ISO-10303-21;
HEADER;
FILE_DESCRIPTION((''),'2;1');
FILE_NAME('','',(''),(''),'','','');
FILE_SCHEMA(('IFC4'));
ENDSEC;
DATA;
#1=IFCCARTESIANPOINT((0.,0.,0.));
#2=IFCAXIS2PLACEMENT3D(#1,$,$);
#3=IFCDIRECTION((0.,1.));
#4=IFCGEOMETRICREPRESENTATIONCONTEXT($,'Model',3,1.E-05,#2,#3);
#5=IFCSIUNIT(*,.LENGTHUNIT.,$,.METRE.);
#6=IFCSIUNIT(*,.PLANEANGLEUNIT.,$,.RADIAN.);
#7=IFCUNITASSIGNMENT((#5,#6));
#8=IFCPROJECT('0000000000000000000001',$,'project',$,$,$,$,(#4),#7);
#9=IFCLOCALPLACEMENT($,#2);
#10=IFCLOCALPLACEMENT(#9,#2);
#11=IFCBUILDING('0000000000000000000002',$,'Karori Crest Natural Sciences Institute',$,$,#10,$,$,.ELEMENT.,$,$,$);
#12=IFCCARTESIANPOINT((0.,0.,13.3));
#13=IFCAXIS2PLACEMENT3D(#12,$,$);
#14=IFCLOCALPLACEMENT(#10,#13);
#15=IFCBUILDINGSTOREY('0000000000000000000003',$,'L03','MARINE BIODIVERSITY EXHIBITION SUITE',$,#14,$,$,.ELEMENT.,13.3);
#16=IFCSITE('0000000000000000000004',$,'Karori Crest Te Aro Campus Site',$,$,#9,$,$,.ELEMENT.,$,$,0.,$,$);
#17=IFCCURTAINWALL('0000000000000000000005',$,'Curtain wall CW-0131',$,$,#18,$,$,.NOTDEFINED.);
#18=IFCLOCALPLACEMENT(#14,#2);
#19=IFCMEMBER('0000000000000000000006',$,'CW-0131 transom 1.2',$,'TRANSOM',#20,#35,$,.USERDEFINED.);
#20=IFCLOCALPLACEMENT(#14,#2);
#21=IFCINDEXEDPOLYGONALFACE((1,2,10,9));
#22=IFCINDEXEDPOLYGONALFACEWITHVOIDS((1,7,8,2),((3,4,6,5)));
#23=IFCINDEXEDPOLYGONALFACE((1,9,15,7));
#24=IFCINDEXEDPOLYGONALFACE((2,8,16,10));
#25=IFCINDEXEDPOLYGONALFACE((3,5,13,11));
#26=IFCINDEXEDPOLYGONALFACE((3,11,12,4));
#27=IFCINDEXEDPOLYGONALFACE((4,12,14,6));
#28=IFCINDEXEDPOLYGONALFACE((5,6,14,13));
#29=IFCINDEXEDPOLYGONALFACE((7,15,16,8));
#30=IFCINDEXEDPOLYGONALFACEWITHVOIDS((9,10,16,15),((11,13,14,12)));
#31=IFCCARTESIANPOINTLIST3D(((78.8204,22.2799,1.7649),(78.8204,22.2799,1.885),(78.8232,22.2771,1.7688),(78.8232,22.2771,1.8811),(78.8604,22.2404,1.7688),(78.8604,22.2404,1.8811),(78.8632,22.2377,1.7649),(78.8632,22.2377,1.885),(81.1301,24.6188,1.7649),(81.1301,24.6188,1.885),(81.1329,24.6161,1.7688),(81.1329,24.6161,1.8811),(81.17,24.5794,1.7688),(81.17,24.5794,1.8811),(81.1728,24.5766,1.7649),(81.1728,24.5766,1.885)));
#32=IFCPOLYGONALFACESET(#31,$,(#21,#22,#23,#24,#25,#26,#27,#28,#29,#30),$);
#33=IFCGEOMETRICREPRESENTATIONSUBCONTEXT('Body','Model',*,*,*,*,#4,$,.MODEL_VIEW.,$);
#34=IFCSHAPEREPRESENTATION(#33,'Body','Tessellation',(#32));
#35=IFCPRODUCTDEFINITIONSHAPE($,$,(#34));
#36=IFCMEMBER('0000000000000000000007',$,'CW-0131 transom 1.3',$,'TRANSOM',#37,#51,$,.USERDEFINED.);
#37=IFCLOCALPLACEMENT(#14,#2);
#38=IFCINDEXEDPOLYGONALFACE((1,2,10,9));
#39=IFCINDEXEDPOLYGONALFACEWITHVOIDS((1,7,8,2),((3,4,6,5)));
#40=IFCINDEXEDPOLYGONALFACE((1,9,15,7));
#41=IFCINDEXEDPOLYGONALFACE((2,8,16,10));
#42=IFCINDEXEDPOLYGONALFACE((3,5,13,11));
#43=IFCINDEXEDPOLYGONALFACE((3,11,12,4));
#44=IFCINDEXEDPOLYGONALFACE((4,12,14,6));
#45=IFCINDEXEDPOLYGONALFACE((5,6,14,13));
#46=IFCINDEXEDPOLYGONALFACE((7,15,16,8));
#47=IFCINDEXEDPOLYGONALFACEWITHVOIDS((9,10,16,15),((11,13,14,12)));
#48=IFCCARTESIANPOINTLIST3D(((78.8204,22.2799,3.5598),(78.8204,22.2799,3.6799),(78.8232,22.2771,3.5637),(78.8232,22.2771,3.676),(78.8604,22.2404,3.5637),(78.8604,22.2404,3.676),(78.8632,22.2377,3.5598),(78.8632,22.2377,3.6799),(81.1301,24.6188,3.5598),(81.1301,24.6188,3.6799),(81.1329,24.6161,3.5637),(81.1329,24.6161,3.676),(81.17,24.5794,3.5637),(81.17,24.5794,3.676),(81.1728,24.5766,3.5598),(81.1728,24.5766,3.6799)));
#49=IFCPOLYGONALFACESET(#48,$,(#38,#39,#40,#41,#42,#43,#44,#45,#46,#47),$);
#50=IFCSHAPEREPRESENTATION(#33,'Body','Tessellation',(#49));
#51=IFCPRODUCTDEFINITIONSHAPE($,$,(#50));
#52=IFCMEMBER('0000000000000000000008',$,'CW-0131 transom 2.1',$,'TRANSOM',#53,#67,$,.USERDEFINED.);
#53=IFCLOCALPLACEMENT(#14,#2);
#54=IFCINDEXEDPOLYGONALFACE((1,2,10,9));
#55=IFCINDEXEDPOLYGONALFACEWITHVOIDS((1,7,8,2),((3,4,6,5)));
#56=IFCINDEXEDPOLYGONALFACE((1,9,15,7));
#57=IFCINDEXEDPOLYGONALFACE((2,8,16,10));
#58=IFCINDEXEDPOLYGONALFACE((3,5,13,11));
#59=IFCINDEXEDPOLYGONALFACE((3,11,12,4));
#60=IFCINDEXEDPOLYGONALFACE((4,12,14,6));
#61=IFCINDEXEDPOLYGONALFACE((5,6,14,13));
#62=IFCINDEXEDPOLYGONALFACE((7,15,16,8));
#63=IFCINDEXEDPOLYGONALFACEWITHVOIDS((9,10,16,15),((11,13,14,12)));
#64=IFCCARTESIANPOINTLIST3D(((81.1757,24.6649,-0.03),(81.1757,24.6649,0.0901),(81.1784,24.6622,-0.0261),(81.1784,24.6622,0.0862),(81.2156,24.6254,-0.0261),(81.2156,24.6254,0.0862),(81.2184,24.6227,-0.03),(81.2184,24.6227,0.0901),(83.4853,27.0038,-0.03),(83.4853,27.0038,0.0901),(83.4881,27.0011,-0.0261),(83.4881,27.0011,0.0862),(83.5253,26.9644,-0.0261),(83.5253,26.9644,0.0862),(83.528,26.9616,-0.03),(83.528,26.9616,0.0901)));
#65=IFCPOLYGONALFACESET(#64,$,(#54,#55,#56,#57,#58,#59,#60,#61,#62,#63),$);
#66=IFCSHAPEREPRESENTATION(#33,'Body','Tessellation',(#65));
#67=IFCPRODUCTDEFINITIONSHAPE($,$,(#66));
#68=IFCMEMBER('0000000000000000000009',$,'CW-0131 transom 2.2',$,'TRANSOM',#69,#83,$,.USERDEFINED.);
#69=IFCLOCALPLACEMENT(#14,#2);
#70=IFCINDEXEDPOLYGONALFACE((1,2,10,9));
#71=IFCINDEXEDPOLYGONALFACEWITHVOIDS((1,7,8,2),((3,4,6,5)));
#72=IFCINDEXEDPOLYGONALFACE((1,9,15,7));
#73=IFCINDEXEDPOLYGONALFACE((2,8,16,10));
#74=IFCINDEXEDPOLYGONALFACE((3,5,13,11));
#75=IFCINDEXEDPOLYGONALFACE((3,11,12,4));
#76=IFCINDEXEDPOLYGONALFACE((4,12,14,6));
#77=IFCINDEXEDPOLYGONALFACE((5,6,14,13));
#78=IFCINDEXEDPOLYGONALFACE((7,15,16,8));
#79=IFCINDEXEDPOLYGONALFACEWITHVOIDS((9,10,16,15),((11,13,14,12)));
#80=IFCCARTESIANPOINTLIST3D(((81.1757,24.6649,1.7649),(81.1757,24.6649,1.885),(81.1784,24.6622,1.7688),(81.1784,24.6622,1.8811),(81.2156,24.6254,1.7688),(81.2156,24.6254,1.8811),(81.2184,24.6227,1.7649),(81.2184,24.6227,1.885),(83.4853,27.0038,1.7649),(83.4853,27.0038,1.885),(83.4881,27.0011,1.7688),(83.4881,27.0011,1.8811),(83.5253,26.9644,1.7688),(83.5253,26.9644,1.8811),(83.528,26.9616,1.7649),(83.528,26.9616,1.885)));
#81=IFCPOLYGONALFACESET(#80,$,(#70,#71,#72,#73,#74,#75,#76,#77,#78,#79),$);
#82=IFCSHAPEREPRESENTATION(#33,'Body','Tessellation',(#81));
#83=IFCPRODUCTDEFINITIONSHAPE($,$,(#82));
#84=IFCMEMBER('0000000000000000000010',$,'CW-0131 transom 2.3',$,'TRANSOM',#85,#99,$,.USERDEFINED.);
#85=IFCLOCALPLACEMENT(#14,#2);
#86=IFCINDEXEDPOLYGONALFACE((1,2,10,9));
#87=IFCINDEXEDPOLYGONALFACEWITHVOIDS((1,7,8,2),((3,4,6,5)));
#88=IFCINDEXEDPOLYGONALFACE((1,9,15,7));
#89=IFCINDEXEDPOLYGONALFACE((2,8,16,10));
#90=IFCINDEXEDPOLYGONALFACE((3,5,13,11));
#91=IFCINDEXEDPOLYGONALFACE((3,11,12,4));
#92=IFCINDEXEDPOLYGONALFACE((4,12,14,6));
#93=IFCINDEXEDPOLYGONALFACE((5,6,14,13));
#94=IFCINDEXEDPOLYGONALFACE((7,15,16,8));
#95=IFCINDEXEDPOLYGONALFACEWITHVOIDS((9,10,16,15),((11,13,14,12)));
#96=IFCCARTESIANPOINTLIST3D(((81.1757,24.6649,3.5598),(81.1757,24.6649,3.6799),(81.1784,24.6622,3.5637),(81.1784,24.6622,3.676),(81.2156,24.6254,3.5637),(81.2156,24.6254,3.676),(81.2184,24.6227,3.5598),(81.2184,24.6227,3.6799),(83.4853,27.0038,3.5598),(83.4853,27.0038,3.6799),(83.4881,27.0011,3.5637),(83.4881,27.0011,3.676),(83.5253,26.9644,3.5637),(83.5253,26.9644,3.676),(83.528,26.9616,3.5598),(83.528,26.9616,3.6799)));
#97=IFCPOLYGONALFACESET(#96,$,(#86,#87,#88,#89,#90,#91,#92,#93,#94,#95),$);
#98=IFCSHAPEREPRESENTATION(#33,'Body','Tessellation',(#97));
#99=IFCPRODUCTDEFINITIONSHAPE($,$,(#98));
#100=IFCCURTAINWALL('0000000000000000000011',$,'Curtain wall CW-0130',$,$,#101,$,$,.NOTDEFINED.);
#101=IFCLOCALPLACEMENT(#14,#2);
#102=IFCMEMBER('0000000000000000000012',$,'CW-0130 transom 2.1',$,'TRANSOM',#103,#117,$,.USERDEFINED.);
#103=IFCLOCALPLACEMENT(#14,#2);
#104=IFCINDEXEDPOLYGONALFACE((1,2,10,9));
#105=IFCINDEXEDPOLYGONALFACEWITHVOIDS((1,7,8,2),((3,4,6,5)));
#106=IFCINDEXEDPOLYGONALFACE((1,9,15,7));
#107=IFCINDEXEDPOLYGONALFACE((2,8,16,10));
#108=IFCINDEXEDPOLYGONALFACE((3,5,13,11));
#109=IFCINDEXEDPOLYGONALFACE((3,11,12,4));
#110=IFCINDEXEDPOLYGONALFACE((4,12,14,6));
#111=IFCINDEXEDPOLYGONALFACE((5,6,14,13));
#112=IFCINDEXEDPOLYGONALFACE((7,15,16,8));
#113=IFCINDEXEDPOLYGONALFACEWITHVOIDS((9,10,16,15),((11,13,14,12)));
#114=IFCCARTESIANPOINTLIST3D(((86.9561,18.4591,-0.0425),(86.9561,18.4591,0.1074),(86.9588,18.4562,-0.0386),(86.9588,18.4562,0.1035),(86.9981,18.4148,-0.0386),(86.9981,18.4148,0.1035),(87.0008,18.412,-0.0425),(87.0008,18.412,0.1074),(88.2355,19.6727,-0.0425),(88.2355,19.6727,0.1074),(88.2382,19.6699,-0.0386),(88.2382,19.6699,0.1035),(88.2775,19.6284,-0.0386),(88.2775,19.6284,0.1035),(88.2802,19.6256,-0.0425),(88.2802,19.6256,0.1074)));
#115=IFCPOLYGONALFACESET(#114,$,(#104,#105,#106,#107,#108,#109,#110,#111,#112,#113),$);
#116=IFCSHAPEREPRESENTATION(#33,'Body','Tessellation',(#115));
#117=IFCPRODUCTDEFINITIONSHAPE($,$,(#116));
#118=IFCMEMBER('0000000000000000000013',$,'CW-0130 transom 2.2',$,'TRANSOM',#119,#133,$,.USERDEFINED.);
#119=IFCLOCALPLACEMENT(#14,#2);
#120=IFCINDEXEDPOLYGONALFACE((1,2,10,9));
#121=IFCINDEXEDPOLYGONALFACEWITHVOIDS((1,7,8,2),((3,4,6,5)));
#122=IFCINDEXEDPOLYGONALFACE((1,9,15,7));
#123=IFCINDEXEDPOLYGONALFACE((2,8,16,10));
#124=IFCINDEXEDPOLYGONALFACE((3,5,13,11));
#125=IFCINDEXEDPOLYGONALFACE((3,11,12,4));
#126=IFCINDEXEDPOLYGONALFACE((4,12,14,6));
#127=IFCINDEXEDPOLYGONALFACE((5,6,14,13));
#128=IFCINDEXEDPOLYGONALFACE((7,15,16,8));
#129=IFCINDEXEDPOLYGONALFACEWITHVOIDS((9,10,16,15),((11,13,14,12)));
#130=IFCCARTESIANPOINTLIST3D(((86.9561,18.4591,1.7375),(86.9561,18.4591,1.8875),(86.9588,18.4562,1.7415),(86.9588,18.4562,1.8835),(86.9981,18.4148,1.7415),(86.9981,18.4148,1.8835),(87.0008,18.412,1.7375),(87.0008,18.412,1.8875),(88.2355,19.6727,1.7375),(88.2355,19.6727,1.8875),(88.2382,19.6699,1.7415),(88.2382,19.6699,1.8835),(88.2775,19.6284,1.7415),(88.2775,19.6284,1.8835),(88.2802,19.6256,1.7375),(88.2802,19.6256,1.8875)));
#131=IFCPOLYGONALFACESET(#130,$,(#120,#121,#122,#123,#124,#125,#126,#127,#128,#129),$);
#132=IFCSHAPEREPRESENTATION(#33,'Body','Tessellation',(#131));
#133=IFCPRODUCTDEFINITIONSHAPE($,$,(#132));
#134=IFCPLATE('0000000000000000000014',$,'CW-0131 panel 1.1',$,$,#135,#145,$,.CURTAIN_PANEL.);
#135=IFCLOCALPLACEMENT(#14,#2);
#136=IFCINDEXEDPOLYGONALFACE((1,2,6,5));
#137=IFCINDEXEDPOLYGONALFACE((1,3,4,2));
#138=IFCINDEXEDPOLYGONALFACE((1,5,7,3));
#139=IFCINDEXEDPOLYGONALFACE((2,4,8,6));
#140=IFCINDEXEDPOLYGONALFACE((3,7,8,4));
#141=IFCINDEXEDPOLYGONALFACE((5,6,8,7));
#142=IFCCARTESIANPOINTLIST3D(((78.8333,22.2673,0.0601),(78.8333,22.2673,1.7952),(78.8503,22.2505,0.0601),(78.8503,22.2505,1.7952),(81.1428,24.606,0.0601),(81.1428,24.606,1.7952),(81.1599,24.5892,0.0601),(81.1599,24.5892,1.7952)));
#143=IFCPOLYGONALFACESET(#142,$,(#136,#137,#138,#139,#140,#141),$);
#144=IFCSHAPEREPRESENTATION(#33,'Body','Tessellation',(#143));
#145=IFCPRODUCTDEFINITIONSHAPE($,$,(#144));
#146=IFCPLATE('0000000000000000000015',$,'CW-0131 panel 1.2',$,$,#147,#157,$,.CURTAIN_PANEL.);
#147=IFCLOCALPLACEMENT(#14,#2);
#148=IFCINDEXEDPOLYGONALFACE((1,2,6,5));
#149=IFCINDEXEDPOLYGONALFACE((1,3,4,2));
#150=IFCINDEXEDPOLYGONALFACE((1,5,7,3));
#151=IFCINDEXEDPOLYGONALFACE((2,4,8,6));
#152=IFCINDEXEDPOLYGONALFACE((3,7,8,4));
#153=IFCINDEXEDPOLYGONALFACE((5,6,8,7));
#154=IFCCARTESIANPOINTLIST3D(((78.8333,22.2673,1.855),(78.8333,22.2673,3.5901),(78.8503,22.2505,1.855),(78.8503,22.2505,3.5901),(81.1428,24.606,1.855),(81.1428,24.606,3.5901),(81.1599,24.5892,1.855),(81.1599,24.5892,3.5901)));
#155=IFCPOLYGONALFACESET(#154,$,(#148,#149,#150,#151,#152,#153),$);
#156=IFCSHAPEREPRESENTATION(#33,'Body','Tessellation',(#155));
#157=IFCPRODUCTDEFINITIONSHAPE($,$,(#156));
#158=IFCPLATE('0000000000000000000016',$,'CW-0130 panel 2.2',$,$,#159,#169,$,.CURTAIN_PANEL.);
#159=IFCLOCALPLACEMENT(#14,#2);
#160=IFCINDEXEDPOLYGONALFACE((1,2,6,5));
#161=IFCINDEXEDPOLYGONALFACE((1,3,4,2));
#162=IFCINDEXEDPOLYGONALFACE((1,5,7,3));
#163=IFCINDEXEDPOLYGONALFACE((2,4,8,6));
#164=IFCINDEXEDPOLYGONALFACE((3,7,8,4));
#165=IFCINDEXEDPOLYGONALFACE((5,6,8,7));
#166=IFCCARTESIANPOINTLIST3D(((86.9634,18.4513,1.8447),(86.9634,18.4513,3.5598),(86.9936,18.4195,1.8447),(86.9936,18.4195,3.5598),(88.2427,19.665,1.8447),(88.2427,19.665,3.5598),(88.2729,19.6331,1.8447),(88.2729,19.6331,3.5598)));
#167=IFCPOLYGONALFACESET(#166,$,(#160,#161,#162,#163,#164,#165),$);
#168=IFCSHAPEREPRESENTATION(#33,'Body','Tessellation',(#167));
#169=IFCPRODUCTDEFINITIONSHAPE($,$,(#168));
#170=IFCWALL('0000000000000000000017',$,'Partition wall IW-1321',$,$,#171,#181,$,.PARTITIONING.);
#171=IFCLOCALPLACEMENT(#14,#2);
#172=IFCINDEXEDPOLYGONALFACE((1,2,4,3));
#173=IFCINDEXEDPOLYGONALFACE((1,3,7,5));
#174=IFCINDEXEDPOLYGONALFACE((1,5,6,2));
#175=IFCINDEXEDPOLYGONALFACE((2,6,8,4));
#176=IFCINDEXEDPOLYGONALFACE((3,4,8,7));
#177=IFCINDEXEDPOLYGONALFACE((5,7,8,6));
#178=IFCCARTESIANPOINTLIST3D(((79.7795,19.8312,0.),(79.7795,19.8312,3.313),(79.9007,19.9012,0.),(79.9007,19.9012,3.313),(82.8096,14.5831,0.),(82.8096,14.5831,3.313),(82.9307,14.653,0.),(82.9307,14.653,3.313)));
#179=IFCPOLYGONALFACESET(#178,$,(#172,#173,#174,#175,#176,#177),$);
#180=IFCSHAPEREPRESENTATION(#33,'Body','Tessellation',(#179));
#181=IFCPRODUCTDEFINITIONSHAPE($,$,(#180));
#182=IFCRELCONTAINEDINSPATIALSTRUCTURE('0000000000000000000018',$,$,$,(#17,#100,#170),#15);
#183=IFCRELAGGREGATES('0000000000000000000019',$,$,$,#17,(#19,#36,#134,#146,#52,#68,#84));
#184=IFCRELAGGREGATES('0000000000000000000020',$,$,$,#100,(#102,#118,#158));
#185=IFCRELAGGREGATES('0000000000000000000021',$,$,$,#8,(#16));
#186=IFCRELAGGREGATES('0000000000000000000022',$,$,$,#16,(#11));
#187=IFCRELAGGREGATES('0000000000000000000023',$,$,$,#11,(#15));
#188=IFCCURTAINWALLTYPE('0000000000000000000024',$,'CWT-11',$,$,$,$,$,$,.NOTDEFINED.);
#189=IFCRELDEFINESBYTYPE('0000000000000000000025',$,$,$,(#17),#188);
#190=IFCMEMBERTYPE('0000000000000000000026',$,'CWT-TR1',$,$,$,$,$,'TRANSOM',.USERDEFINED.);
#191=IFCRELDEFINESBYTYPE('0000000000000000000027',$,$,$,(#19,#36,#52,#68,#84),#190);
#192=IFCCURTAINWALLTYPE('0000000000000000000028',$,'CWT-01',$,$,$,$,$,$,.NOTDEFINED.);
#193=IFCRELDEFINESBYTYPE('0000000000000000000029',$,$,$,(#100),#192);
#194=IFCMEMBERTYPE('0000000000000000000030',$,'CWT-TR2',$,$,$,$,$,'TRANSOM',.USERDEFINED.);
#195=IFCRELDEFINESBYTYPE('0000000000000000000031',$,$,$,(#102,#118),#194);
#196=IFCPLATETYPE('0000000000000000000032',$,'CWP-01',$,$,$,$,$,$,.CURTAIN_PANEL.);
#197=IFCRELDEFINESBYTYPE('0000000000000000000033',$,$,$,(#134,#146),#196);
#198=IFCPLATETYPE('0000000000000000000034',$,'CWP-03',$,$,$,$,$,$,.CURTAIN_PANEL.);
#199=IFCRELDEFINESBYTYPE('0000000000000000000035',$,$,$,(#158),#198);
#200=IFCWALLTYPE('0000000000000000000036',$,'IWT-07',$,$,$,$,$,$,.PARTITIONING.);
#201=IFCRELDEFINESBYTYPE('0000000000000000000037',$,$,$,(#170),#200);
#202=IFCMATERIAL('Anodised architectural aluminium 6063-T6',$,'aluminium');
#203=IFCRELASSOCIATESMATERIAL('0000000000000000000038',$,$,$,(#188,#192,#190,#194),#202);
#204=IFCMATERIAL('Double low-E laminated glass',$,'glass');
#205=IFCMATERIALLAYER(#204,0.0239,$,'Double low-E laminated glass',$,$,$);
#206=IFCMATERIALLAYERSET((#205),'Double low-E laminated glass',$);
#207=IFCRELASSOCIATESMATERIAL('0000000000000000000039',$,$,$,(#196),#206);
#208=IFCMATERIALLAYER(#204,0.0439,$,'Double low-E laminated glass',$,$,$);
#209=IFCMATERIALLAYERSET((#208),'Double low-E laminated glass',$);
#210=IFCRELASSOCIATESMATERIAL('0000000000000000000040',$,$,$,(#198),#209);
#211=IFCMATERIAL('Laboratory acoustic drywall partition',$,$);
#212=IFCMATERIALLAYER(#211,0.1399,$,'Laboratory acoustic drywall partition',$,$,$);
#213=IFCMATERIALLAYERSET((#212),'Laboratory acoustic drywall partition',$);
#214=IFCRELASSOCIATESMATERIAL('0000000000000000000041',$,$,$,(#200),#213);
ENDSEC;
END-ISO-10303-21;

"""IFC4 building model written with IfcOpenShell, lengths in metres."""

from ifc_helpers import new_model, si_unit, direction, frame, frame_2d, origin, origin_2d, place, context, subcontext, project, spatial, rectangle, hollow_rectangle, extrude, material, layer, layer_set, material_profile, profile_set, type_object, element, aggregate, save


model = new_model("IFC4")

# Units and contexts
model_context = context("Model", 3, precision=1e-05, world=origin(), true_north=direction((0.0, 1.0)))
body_context = subcontext(model_context, "Body", "Model", "MODEL_VIEW")
ifc_project = project(units=[si_unit("LENGTHUNIT", "METRE"), si_unit("PLANEANGLEUNIT", "RADIAN")], contexts=[model_context])

# Site, building, storey
site_placement = place(None, origin())
site = spatial("IfcSite", under=ifc_project, at=site_placement, Name="Karori Crest Te Aro Campus Site", CompositionType="ELEMENT", RefElevation=0.0)
building_placement = place(site_placement, origin())
building = spatial("IfcBuilding", under=site, at=building_placement, Name="Karori Crest Natural Sciences Institute", CompositionType="ELEMENT")
storey_placement = place(building_placement, frame((0.0, 0.0, 13.3)))
storey = spatial("IfcBuildingStorey", under=building, at=storey_placement, Name="L03", Description="MARINE BIODIVERSITY EXHIBITION SUITE", CompositionType="ELEMENT", Elevation=13.3)

# Curtain walls, members
ifc_material_1 = material(Name="Anodised architectural aluminium 6063-T6", Category="aluminium")
curtain_wall_type_1 = type_object("IfcCurtainWallType", Name="CWT-11", PredefinedType="NOTDEFINED", material=ifc_material_1)
curtain_wall_1_placement = place(storey_placement, origin())
curtain_wall_1 = element("IfcCurtainWall", 1, at=curtain_wall_1_placement, inside=storey, type_object=curtain_wall_type_1, Name="Curtain wall CW-0131", PredefinedType="NOTDEFINED")
ifc_material_profile_1 = material_profile(ifc_material_1, hollow_rectangle(XDim=0.0601, YDim=0.1201, WallThickness=0.0039, at=origin_2d()), Name="CWT120x60x4")
ifc_profile_set_1 = profile_set([ifc_material_profile_1], Name="Anodised architectural aluminium 6063-T6")
member_type_1 = type_object("IfcMemberType", Name="CWT-TR1", ElementType="TRANSOM", PredefinedType="USERDEFINED", material=ifc_profile_set_1)
member_1_placement = place(storey_placement, frame((78.8418, 22.2588, 1.825), z_axis=(0.702636, 0.711549, 0.0), x_axis=(-0.711549, 0.702636, 0.0)))
member_1 = element("IfcMember", 2, at=member_1_placement, type_object=member_type_1, Name="CW-0131 transom 1.2", ObjectType="TRANSOM", PredefinedType="USERDEFINED", context=body_context, shape_type="SweptSolid", body=[
    extrude(hollow_rectangle(XDim=0.0601, YDim=0.1201, WallThickness=0.0039, at=origin_2d()), origin(), (0.0, 0.0, 1.0), 3.2871),
])
member_2_placement = place(storey_placement, frame((78.8418, 22.2588, 3.6199), z_axis=(0.702636, 0.711549, 0.0), x_axis=(-0.711549, 0.702636, 0.0)))
member_2 = element("IfcMember", 3, at=member_2_placement, type_object=member_type_1, Name="CW-0131 transom 1.3", ObjectType="TRANSOM", PredefinedType="USERDEFINED", context=body_context, shape_type="SweptSolid", body=[
    extrude(hollow_rectangle(XDim=0.0601, YDim=0.1201, WallThickness=0.0039, at=origin_2d()), origin(), (0.0, 0.0, 1.0), 3.2871),
])
member_3_placement = place(storey_placement, frame((81.197, 24.6438, 0.03), z_axis=(0.702636, 0.711549, 0.0), x_axis=(-0.711549, 0.702636, 0.0)))
member_3 = element("IfcMember", 4, at=member_3_placement, type_object=member_type_1, Name="CW-0131 transom 2.1", ObjectType="TRANSOM", PredefinedType="USERDEFINED", context=body_context, shape_type="SweptSolid", body=[
    extrude(hollow_rectangle(XDim=0.0601, YDim=0.1201, WallThickness=0.0039, at=origin_2d()), origin(), (0.0, 0.0, 1.0), 3.2871),
])
member_4_placement = place(storey_placement, frame((81.197, 24.6438, 1.825), z_axis=(0.702636, 0.711549, 0.0), x_axis=(-0.711549, 0.702636, 0.0)))
member_4 = element("IfcMember", 5, at=member_4_placement, type_object=member_type_1, Name="CW-0131 transom 2.2", ObjectType="TRANSOM", PredefinedType="USERDEFINED", context=body_context, shape_type="SweptSolid", body=[
    extrude(hollow_rectangle(XDim=0.0601, YDim=0.1201, WallThickness=0.0039, at=origin_2d()), origin(), (0.0, 0.0, 1.0), 3.2871),
])
member_5_placement = place(storey_placement, frame((81.197, 24.6438, 3.6199), z_axis=(0.702636, 0.711549, 0.0), x_axis=(-0.711549, 0.702636, 0.0)))
member_5 = element("IfcMember", 6, at=member_5_placement, type_object=member_type_1, Name="CW-0131 transom 2.3", ObjectType="TRANSOM", PredefinedType="USERDEFINED", context=body_context, shape_type="SweptSolid", body=[
    extrude(hollow_rectangle(XDim=0.0601, YDim=0.1201, WallThickness=0.0039, at=origin_2d()), origin(), (0.0, 0.0, 1.0), 3.2871),
])
curtain_wall_type_2 = type_object("IfcCurtainWallType", Name="CWT-01", PredefinedType="NOTDEFINED", material=ifc_material_1)
curtain_wall_2_placement = place(storey_placement, origin())
curtain_wall_2 = element("IfcCurtainWall", 7, at=curtain_wall_2_placement, inside=storey, type_object=curtain_wall_type_2, Name="Curtain wall CW-0130", PredefinedType="NOTDEFINED")
ifc_material_profile_2 = material_profile(ifc_material_1, hollow_rectangle(XDim=0.0649, YDim=0.1499, WallThickness=0.0039, at=origin_2d()), Name="CWT150x65x4")
ifc_profile_set_2 = profile_set([ifc_material_profile_2], Name="Anodised architectural aluminium 6063-T6")
member_type_2 = type_object("IfcMemberType", Name="CWT-TR2", ElementType="TRANSOM", PredefinedType="USERDEFINED", material=ifc_profile_set_2)
member_6_placement = place(storey_placement, frame((88.2578, 19.6492, 0.0325), z_axis=(-0.725483, -0.68824, 0.0), x_axis=(0.68824, -0.725483, 0.0)))
member_6 = element("IfcMember", 8, at=member_6_placement, type_object=member_type_2, Name="CW-0130 transom 2.1", ObjectType="TRANSOM", PredefinedType="USERDEFINED", context=body_context, shape_type="SweptSolid", body=[
    extrude(hollow_rectangle(XDim=0.0649, YDim=0.1499, WallThickness=0.0039, at=origin_2d()), origin(), (0.0, 0.0, 1.0), 1.7634),
])
member_7_placement = place(storey_placement, frame((88.2578, 19.6492, 1.8125), z_axis=(-0.725483, -0.68824, 0.0), x_axis=(0.68824, -0.725483, 0.0)))
member_7 = element("IfcMember", 9, at=member_7_placement, type_object=member_type_2, Name="CW-0130 transom 2.2", ObjectType="TRANSOM", PredefinedType="USERDEFINED", context=body_context, shape_type="SweptSolid", body=[
    extrude(hollow_rectangle(XDim=0.0649, YDim=0.1499, WallThickness=0.0039, at=origin_2d()), origin(), (0.0, 0.0, 1.0), 1.7634),
])

# Plates
ifc_material_2 = material(Name="Double low-E laminated glass", Category="glass")
ifc_layer_1 = layer(ifc_material_2, 0.0239, Name="Double low-E laminated glass")
ifc_layer_set_1 = layer_set([ifc_layer_1], Name="Double low-E laminated glass")
plate_type_1 = type_object("IfcPlateType", Name="CWP-01", PredefinedType="CURTAIN_PANEL", material=ifc_layer_set_1)
plate_1_placement = place(storey_placement, frame((79.9966, 23.4282, 0.0601), z_axis=(0.0, 0.0, 1.0), x_axis=(0.702661, 0.711525, 0.0)))
plate_1 = element("IfcPlate", 10, at=plate_1_placement, type_object=plate_type_1, Name="CW-0131 panel 1.1", PredefinedType="CURTAIN_PANEL", context=body_context, shape_type="SweptSolid", body=[
    extrude(rectangle(XDim=3.2869, YDim=0.0239, at=origin_2d()), origin(), (0.0, 0.0, 1.0), 1.7351),
])
plate_2_placement = place(storey_placement, frame((79.9966, 23.4282, 1.855), z_axis=(0.0, 0.0, 1.0), x_axis=(0.702661, 0.711525, 0.0)))
plate_2 = element("IfcPlate", 11, at=plate_2_placement, type_object=plate_type_1, Name="CW-0131 panel 1.2", PredefinedType="CURTAIN_PANEL", context=body_context, shape_type="SweptSolid", body=[
    extrude(rectangle(XDim=3.2869, YDim=0.0239, at=origin_2d()), origin(), (0.0, 0.0, 1.0), 1.7351),
])
aggregate(curtain_wall_1, [member_1, member_2, plate_1, plate_2, member_3, member_4, member_5])
ifc_layer_2 = layer(ifc_material_2, 0.0439, Name="Double low-E laminated glass")
ifc_layer_set_2 = layer_set([ifc_layer_2], Name="Double low-E laminated glass")
plate_type_2 = type_object("IfcPlateType", Name="CWP-03", PredefinedType="CURTAIN_PANEL", material=ifc_layer_set_2)
plate_3_placement = place(storey_placement, frame((87.6182, 19.0422, 1.8447), z_axis=(0.0, 0.0, 1.0), x_axis=(-0.725473, -0.688251, 0.0)))
plate_3 = element("IfcPlate", 12, at=plate_3_placement, type_object=plate_type_2, Name="CW-0130 panel 2.2", PredefinedType="CURTAIN_PANEL", context=body_context, shape_type="SweptSolid", body=[
    extrude(rectangle(XDim=1.7634, YDim=0.0439, at=origin_2d()), origin(), (0.0, 0.0, 1.0), 1.7151),
])
aggregate(curtain_wall_2, [member_6, member_7, plate_3])

# Wall
ifc_material_3 = material(Name="Laboratory acoustic drywall partition")
ifc_layer_3 = layer(ifc_material_3, 0.1399, Name="Laboratory acoustic drywall partition")
ifc_layer_set_3 = layer_set([ifc_layer_3], Name="Laboratory acoustic drywall partition")
wall_type = type_object("IfcWallType", Name="IWT-07", PredefinedType="PARTITIONING", material=ifc_layer_set_3)
wall_1_placement = place(storey_placement, frame((79.8401, 19.8662, 0.0), z_axis=(0.0, 0.0, 1.0), x_axis=(0.500008, -0.866021, 0.0)))
element("IfcWall", 13, at=wall_1_placement, inside=storey, type_object=wall_type, Name="Partition wall IW-1321", PredefinedType="PARTITIONING", context=body_context, shape_type="SweptSolid", body=[
    extrude(rectangle(XDim=6.0601, YDim=0.1399, at=frame_2d((3.03, 0.0))), origin(), (0.0, 0.0, 1.0), 3.313),
])

save(model, "model.ifc")
